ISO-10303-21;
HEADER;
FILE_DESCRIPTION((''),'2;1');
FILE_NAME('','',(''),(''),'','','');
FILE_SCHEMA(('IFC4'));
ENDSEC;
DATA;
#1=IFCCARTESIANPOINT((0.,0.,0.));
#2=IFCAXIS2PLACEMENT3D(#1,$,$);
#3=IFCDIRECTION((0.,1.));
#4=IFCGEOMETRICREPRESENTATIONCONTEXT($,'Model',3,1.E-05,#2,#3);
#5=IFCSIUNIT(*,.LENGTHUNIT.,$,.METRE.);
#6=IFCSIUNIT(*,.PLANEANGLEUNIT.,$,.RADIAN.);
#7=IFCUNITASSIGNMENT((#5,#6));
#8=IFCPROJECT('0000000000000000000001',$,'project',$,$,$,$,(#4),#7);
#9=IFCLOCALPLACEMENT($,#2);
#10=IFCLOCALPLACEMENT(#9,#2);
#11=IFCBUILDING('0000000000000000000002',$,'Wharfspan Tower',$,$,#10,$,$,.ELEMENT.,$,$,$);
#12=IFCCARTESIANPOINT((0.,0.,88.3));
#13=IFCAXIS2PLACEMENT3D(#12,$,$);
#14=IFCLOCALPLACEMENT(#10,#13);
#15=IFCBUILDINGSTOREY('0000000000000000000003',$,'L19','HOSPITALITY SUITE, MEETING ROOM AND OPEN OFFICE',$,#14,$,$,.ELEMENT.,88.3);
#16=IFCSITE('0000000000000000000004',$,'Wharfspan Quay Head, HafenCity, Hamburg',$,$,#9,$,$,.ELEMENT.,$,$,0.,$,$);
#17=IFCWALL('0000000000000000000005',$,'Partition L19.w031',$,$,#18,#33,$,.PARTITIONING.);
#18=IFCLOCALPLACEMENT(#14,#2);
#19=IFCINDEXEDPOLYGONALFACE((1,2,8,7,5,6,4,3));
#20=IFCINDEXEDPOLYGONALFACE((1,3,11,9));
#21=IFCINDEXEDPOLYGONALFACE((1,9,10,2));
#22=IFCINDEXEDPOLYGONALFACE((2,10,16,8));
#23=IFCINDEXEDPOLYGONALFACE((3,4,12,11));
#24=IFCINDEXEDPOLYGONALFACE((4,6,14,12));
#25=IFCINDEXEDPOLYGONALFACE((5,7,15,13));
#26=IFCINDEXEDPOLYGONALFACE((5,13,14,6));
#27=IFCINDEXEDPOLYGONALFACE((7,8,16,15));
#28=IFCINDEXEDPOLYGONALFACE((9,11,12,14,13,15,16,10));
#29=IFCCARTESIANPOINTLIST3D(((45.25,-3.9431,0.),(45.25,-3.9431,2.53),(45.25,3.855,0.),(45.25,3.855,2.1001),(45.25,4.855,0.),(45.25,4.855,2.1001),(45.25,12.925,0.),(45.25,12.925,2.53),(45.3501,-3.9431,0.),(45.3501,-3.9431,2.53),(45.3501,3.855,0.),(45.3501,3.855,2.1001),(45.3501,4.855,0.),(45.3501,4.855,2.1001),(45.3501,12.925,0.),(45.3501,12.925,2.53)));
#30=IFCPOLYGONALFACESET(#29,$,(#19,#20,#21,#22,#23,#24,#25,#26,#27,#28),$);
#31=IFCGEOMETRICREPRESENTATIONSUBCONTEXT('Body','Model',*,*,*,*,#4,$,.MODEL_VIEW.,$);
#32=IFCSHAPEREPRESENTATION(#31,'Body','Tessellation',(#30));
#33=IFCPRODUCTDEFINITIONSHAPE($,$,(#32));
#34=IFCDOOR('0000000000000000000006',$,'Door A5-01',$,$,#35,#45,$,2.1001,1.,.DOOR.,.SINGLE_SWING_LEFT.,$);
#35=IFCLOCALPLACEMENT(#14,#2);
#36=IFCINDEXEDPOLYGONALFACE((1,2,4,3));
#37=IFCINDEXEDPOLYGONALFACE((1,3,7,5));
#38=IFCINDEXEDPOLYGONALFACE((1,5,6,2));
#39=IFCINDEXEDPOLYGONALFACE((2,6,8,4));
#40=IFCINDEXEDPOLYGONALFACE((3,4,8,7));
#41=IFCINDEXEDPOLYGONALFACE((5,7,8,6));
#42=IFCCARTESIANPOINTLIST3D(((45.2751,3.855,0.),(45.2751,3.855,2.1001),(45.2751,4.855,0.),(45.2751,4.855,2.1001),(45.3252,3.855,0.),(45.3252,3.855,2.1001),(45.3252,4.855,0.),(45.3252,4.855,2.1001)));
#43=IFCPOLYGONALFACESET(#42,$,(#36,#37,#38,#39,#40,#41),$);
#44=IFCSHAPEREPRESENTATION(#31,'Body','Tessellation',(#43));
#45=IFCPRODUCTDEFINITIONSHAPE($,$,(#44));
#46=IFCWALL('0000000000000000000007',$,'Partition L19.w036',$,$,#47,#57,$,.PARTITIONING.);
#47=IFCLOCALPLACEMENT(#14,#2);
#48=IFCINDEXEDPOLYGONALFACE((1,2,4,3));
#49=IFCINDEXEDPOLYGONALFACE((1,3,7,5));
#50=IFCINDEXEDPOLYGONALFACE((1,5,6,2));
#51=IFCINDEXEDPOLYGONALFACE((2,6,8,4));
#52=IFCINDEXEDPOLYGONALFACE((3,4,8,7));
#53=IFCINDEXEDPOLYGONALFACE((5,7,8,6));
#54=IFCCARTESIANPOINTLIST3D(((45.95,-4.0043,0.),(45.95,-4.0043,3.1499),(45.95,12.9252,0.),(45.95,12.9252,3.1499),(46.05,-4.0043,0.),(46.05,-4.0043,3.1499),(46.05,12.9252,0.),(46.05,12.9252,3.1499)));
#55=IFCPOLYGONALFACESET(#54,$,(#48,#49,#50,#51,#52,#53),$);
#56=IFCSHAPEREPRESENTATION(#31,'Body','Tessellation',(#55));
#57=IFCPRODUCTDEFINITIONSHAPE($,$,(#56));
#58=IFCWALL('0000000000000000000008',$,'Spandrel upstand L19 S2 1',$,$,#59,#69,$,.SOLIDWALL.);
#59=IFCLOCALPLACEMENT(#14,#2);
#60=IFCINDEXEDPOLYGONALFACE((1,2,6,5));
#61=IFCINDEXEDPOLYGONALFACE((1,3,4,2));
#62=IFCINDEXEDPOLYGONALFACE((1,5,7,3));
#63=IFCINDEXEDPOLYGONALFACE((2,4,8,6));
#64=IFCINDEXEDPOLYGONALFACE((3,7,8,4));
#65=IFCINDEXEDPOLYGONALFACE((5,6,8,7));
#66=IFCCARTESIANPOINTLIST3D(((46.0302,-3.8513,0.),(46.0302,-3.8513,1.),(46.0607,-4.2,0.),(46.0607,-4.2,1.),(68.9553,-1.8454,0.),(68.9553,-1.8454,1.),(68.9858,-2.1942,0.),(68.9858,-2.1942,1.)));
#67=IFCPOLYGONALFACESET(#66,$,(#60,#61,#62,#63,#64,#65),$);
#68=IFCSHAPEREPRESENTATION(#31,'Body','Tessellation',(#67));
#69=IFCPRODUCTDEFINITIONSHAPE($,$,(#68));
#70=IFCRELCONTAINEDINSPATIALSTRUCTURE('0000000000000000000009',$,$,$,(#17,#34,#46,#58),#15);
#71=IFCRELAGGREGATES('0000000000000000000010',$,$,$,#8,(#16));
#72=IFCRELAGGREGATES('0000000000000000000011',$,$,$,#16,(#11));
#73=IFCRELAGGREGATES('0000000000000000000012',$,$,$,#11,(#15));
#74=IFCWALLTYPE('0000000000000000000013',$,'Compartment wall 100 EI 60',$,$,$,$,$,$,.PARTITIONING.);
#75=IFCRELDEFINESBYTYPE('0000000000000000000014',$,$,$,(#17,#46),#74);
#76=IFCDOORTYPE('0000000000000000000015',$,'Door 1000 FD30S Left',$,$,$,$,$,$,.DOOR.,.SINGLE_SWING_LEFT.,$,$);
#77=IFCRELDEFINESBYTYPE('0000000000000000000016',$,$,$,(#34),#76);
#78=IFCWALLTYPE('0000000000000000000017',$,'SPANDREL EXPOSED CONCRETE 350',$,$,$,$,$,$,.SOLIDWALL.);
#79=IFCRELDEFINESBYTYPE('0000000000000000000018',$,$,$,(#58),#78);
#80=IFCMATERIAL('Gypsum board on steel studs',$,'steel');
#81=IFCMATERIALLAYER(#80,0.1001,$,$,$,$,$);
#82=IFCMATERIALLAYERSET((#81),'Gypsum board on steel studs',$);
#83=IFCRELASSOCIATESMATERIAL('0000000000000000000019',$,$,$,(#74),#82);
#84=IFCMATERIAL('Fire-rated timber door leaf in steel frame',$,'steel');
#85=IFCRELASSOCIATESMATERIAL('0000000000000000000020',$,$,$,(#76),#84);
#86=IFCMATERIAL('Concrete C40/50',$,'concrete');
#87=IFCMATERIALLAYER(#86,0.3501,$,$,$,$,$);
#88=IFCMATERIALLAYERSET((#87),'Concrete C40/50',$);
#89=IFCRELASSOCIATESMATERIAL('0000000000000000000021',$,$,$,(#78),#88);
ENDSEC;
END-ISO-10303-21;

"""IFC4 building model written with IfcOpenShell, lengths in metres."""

from ifc_helpers import new_model, si_unit, direction, frame, frame_2d, origin, place, context, subcontext, project, spatial, rectangle, extrude, material, layer, layer_set, type_object, element, fill, save


model = new_model("IFC4")

# Units and contexts
model_context = context("Model", 3, precision=1e-05, world=origin(), true_north=direction((0.0, 1.0)))
body_context = subcontext(model_context, "Body", "Model", "MODEL_VIEW")
ifc_project = project(units=[si_unit("LENGTHUNIT", "METRE"), si_unit("PLANEANGLEUNIT", "RADIAN")], contexts=[model_context])

# Site, building, storey
site_placement = place(None, origin())
site = spatial("IfcSite", under=ifc_project, at=site_placement, Name="Wharfspan Quay Head, HafenCity, Hamburg", CompositionType="ELEMENT", RefElevation=0.0)
building_placement = place(site_placement, origin())
building = spatial("IfcBuilding", under=site, at=building_placement, Name="Wharfspan Tower", CompositionType="ELEMENT")
storey_placement = place(building_placement, frame((0.0, 0.0, 88.3)))
storey = spatial("IfcBuildingStorey", under=building, at=storey_placement, Name="L19", Description="HOSPITALITY SUITE, MEETING ROOM AND OPEN OFFICE", CompositionType="ELEMENT", Elevation=88.3)

# Wall, opening, door
ifc_material_1 = material(Name="Gypsum board on steel studs", Category="steel")
ifc_layer_1 = layer(ifc_material_1, 0.1001)
ifc_layer_set_1 = layer_set([ifc_layer_1], Name="Gypsum board on steel studs")
wall_type_1 = type_object("IfcWallType", Name="Compartment wall 100 EI 60", PredefinedType="PARTITIONING", material=ifc_layer_set_1)
wall_1_placement = place(storey_placement, frame((45.3, -3.9431, 0.0), z_axis=(0.0, 0.0, 1.0), x_axis=(0.0, 1.0, 0.0)))
wall_1 = element("IfcWall", 1, at=wall_1_placement, inside=storey, type_object=wall_type_1, Name="Partition L19.w031", PredefinedType="PARTITIONING", context=body_context, shape_type="SweptSolid", body=[
    extrude(rectangle(XDim=16.8682, YDim=0.1001, at=frame_2d((8.4341, 0.0))), origin(), (0.0, 0.0, 1.0), 2.53),
])
opening_placement = place(wall_1_placement, frame((7.7981, 0.0, 0.0)))
opening = element("IfcOpeningElement", 2, at=opening_placement, cuts=wall_1, PredefinedType="OPENING", context=body_context, shape_type="SweptSolid", body=[
    extrude(rectangle(XDim=1.0, YDim=2.1001, at=frame_2d((0.5, 1.05))), frame((0.0, 0.0601, 0.0), z_axis=(0.0, -1.0, 0.0), x_axis=(1.0, 0.0, 0.0)), (0.0, 0.0, 1.0), 0.1201),
])
ifc_material_2 = material(Name="Fire-rated timber door leaf in steel frame", Category="steel")
door_type = type_object("IfcDoorType", Name="Door 1000 FD30S Left", OperationType="SINGLE_SWING_LEFT", PredefinedType="DOOR", material=ifc_material_2)
door_placement = place(opening_placement, origin())
door = element("IfcDoor", 3, at=door_placement, inside=storey, type_object=door_type, Name="Door A5-01", OperationType="SINGLE_SWING_LEFT", OverallHeight=2.1001, OverallWidth=1.0, PredefinedType="DOOR", context=body_context, shape_type="SweptSolid", body=[
    extrude(rectangle(XDim=1.0, YDim=2.1001, at=frame_2d((0.5, 1.05))), frame((0.0, 0.0249, 0.0), z_axis=(0.0, -1.0, 0.0), x_axis=(1.0, 0.0, 0.0)), (0.0, 0.0, 1.0), 0.05),
])
fill(opening, door)

# Walls
wall_2_placement = place(storey_placement, frame((46.0, -4.0044, 0.0), z_axis=(0.0, 0.0, 1.0), x_axis=(0.0, 1.0, 0.0)))
element("IfcWall", 4, at=wall_2_placement, inside=storey, type_object=wall_type_1, Name="Partition L19.w036", PredefinedType="PARTITIONING", context=body_context, shape_type="SweptSolid", body=[
    extrude(rectangle(XDim=16.9294, YDim=0.1001, at=frame_2d((8.4648, 0.0))), origin(), (0.0, 0.0, 1.0), 3.1499),
])
ifc_material_3 = material(Name="Concrete C40/50", Category="concrete")
ifc_layer_2 = layer(ifc_material_3, 0.3501)
ifc_layer_set_2 = layer_set([ifc_layer_2], Name="Concrete C40/50")
wall_type_2 = type_object("IfcWallType", Name="SPANDREL EXPOSED CONCRETE 350", PredefinedType="SOLIDWALL", material=ifc_layer_set_2)
wall_3_placement = place(storey_placement, frame((46.0454, -4.0256, 0.0), z_axis=(0.0, 0.0, 1.0), x_axis=(0.99619, 0.087163, 0.0)))
element("IfcWall", 5, at=wall_3_placement, inside=storey, type_object=wall_type_2, Name="Spandrel upstand L19 S2 1", PredefinedType="SOLIDWALL", context=body_context, shape_type="SweptSolid", body=[
    extrude(rectangle(XDim=23.0127, YDim=0.3501, at=frame_2d((11.5063, 0.0))), origin(), (0.0, 0.0, 1.0), 1.0),
])

save(model, "model.ifc")
